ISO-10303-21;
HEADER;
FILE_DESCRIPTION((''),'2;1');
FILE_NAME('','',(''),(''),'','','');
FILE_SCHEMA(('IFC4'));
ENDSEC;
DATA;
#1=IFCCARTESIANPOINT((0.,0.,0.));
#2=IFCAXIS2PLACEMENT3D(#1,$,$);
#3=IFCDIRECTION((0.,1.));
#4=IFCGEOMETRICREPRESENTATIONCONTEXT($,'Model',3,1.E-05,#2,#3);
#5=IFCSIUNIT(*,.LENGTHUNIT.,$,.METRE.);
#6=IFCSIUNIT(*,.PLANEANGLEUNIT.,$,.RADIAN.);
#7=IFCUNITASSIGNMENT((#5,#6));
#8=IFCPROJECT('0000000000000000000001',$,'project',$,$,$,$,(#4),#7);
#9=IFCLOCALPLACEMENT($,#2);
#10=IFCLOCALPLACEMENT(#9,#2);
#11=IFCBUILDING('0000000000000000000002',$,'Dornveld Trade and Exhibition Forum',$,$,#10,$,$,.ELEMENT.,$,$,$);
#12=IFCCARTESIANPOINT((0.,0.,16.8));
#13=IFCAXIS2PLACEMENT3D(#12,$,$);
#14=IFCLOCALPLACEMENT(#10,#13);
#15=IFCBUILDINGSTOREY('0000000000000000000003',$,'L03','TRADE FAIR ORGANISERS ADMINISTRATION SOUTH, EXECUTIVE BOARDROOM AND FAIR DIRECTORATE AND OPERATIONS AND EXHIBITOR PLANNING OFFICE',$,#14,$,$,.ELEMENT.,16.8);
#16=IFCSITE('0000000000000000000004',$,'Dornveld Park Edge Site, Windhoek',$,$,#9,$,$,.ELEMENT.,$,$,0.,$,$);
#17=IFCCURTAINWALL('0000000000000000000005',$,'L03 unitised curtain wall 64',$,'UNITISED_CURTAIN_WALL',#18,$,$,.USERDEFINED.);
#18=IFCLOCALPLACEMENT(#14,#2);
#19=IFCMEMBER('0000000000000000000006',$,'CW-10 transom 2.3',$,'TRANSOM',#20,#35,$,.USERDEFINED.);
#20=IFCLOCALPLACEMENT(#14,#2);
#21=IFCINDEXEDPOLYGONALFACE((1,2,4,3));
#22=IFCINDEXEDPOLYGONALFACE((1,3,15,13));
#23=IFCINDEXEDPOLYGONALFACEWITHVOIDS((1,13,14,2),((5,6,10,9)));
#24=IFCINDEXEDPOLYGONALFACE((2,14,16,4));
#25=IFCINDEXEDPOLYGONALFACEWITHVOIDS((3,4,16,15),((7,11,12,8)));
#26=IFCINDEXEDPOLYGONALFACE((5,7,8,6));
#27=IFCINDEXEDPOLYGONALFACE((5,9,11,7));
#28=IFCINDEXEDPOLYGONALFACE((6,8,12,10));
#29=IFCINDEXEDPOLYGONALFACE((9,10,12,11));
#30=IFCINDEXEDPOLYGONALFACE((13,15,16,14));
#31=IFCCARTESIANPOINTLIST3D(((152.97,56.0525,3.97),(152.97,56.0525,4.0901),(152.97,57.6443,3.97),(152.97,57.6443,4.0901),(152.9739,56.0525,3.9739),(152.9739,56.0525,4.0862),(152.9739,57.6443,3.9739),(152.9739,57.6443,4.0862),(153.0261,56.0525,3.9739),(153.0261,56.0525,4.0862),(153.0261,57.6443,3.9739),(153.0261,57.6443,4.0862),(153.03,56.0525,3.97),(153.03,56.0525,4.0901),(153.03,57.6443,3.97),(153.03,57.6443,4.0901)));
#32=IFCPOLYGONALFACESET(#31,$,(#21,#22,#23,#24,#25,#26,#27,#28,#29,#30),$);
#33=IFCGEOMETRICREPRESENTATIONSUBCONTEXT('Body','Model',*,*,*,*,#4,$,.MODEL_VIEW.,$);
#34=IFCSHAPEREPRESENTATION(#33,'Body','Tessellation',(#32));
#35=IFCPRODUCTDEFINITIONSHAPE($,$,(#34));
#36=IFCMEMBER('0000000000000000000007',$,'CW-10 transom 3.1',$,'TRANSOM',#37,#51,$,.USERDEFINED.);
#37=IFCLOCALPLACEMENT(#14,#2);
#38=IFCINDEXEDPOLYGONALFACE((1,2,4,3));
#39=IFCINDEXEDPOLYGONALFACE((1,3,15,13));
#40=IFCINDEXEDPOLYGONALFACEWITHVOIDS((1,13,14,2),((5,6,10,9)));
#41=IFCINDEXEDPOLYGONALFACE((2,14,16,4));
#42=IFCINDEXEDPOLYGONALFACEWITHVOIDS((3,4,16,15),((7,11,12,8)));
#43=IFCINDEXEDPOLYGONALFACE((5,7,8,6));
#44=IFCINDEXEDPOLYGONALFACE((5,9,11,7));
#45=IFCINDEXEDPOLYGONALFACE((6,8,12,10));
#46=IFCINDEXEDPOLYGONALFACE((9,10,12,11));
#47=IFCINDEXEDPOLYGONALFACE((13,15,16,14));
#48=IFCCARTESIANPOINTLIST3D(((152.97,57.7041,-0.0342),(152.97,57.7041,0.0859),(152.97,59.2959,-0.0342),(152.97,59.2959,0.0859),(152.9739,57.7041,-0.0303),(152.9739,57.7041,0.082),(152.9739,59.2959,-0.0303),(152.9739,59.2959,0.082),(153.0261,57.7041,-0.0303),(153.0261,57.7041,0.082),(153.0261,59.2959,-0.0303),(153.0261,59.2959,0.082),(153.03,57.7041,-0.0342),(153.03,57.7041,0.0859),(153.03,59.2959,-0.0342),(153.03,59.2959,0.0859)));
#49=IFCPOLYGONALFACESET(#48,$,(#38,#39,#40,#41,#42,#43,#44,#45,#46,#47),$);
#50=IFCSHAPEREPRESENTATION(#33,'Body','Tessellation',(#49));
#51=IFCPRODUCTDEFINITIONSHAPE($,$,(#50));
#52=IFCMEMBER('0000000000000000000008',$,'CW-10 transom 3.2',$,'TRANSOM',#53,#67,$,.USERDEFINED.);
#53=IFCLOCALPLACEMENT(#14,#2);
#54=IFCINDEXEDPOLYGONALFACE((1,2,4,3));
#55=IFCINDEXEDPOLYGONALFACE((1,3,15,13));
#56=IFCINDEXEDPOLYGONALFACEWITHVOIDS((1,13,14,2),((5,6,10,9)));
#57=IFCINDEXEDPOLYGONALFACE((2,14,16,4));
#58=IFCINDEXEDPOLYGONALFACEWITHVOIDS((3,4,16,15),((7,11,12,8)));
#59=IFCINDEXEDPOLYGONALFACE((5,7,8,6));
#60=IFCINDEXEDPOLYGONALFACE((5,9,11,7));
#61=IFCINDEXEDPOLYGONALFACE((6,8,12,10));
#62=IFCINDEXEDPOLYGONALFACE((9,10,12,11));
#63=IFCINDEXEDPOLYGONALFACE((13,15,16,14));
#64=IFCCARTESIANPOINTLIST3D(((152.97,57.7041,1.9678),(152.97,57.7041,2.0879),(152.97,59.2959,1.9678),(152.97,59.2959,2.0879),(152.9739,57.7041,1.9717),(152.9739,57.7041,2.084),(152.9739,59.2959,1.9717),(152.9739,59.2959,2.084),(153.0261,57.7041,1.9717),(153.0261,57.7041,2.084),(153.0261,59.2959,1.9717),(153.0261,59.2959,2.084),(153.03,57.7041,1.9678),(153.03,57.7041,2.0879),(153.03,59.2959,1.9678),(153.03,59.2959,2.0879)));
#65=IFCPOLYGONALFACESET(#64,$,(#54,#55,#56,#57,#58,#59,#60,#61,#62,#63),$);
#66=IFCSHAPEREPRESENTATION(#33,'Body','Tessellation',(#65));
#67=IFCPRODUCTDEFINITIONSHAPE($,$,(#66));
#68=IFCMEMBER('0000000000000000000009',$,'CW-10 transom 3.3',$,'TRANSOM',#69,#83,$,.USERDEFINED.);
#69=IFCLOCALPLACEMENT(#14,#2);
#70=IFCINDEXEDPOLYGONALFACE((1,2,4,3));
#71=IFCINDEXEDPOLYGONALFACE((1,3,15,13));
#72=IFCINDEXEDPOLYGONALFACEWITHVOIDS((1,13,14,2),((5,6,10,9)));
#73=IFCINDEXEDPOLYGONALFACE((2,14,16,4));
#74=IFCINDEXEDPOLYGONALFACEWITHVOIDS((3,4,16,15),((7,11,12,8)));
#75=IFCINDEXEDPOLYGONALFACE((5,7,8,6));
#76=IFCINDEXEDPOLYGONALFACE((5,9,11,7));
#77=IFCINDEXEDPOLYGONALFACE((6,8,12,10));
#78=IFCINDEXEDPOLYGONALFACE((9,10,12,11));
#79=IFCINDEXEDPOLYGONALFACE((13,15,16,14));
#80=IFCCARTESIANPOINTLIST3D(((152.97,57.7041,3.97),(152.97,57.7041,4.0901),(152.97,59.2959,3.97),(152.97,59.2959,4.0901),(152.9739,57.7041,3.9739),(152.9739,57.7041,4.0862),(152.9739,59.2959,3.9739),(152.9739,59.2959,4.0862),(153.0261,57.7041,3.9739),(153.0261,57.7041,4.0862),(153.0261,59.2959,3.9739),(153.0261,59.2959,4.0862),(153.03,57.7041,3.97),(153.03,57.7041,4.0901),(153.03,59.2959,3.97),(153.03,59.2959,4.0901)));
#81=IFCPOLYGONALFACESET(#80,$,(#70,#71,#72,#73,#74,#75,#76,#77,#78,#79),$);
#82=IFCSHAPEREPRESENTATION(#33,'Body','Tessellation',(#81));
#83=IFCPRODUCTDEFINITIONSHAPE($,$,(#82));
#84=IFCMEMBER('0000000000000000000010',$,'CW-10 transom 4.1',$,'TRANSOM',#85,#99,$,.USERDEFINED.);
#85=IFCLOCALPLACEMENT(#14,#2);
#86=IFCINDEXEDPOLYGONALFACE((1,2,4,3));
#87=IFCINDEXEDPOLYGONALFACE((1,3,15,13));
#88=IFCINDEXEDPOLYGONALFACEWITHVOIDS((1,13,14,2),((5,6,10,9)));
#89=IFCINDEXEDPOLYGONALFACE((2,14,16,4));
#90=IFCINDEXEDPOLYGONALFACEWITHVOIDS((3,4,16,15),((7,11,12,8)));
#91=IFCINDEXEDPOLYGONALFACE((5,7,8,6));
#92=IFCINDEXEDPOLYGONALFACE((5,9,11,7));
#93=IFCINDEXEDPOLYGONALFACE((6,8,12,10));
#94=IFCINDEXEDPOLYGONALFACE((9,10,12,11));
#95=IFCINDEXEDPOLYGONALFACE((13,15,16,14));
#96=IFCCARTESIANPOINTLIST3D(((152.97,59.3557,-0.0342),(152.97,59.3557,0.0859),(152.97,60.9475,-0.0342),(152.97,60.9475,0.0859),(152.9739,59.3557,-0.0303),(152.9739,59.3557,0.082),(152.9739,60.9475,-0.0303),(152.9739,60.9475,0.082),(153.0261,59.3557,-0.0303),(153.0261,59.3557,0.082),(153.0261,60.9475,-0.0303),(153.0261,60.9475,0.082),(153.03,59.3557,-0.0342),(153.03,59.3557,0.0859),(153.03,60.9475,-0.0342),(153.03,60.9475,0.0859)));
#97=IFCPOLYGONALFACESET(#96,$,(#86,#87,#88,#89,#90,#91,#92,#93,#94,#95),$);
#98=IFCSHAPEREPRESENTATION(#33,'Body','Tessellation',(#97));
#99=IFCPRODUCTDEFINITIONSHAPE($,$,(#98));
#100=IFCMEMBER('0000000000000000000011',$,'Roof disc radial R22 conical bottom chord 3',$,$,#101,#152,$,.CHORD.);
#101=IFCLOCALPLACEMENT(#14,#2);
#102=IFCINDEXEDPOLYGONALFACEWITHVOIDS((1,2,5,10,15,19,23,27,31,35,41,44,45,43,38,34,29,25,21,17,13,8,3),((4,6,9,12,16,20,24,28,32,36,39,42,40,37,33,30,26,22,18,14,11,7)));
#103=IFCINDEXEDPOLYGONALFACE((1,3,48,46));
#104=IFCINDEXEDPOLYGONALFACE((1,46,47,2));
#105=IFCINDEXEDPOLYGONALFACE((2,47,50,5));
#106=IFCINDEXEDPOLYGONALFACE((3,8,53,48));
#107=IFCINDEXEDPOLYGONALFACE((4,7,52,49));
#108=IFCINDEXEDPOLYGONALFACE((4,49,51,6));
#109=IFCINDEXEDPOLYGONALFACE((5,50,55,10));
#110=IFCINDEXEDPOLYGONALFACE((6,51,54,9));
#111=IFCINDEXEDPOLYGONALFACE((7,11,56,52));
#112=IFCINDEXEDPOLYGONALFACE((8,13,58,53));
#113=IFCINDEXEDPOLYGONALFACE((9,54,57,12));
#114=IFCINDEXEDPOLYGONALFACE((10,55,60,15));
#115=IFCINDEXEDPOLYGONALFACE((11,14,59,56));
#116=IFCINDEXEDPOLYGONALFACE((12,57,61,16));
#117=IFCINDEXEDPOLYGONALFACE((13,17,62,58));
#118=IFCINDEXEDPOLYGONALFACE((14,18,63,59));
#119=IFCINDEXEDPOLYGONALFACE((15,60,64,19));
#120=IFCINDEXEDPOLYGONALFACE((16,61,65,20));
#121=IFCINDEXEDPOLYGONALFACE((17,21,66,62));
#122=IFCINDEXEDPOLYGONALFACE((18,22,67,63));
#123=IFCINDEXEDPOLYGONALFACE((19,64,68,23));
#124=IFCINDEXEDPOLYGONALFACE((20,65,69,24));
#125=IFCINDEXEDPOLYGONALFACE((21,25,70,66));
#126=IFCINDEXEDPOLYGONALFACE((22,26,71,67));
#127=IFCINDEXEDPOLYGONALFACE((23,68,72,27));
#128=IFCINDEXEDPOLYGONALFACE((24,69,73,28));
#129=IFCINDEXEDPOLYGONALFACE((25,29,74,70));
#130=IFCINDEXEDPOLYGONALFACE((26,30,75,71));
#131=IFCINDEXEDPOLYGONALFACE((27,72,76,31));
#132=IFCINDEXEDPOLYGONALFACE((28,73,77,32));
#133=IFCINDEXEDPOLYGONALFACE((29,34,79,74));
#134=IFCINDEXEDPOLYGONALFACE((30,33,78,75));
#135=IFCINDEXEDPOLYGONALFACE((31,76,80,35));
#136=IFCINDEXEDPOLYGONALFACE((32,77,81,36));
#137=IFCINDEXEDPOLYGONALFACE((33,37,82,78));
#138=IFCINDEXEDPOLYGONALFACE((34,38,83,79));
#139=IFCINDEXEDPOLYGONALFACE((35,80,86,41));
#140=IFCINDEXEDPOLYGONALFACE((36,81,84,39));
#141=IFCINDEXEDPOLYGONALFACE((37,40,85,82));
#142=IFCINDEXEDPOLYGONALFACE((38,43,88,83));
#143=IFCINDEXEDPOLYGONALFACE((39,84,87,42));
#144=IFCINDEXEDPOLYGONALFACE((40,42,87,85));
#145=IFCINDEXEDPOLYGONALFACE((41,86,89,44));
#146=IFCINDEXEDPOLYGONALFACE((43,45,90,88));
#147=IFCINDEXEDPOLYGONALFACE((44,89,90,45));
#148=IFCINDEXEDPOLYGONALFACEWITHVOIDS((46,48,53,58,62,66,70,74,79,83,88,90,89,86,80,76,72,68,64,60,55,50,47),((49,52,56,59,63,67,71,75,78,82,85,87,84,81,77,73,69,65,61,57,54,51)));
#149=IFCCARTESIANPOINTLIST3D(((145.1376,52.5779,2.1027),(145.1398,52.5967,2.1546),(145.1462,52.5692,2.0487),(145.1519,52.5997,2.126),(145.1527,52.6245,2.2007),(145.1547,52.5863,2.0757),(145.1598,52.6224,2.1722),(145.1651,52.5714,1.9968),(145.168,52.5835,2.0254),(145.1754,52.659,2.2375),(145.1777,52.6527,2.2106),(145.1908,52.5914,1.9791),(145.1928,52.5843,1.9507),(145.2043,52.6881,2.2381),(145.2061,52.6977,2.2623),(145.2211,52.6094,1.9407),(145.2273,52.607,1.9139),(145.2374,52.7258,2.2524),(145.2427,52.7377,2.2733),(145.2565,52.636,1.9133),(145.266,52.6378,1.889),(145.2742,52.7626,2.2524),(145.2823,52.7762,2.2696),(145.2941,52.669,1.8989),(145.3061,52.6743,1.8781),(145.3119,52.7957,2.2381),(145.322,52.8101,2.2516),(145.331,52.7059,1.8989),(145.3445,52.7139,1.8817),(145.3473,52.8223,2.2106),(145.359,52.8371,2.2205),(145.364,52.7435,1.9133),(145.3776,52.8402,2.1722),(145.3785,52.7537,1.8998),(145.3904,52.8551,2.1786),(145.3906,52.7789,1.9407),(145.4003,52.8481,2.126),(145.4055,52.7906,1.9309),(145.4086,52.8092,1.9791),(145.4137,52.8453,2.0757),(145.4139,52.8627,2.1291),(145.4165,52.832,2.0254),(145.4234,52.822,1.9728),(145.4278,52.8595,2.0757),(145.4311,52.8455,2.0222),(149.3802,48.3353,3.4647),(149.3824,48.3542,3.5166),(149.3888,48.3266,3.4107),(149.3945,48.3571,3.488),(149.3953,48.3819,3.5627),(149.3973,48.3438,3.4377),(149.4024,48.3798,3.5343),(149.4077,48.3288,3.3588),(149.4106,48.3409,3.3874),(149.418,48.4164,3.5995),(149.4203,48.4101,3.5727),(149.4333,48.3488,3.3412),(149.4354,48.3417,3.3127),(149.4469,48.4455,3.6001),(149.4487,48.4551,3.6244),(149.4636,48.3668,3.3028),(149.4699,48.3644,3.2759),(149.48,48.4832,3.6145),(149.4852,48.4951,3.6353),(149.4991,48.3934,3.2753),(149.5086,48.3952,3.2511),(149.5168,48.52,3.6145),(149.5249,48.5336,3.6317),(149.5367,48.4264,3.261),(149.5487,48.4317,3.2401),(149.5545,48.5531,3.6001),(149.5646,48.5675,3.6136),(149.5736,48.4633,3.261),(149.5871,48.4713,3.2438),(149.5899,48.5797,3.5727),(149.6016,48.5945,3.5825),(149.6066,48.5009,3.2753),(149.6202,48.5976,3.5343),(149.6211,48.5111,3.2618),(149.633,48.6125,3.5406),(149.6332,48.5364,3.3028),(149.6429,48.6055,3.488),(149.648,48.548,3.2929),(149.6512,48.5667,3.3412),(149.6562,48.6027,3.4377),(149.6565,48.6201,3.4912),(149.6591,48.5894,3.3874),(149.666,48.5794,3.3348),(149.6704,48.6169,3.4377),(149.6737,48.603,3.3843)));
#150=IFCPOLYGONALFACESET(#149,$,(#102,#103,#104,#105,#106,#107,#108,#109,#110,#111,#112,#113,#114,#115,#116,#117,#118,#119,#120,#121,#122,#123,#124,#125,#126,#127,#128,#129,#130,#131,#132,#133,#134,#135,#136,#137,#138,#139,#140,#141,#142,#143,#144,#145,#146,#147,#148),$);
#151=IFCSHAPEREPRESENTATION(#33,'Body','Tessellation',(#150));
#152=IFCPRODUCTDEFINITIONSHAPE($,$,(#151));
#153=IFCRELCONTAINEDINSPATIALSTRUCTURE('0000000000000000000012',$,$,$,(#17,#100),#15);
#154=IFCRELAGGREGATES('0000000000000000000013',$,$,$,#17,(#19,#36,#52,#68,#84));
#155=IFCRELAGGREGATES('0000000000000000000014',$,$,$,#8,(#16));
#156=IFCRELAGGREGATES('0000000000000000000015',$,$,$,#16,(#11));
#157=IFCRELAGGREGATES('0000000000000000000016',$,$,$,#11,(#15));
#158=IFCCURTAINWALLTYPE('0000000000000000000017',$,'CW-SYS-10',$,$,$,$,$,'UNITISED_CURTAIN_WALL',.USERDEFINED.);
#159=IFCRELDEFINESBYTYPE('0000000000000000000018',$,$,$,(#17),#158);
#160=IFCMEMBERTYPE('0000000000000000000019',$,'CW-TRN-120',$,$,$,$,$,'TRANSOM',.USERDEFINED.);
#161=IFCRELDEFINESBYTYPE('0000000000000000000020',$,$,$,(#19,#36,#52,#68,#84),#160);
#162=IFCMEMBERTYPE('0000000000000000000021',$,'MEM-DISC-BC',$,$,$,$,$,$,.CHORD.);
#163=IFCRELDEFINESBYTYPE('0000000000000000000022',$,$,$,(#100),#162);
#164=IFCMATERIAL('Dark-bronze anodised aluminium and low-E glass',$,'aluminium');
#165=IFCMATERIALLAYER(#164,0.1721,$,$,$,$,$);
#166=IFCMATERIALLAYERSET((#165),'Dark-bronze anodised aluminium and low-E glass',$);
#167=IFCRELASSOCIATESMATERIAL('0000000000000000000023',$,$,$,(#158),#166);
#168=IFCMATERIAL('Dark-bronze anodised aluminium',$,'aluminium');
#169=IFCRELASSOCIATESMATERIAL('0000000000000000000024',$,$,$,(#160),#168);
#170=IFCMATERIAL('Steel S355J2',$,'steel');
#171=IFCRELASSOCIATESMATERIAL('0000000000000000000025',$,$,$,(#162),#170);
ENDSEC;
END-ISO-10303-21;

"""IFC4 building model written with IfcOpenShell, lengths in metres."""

from ifc_helpers import new_model, si_unit, direction, frame, origin, origin_2d, place, context, subcontext, project, spatial, hollow_rectangle, hollow_circle, extrude, material, layer, layer_set, material_profile, profile_set, type_object, element, aggregate, save


model = new_model("IFC4")

# Units and contexts
model_context = context("Model", 3, precision=1e-05, world=origin(), true_north=direction((0.0, 1.0)))
body_context = subcontext(model_context, "Body", "Model", "MODEL_VIEW")
ifc_project = project(units=[si_unit("LENGTHUNIT", "METRE"), si_unit("PLANEANGLEUNIT", "RADIAN")], contexts=[model_context])

# Site, building, storey
site_placement = place(None, origin())
site = spatial("IfcSite", under=ifc_project, at=site_placement, Name="Dornveld Park Edge Site, Windhoek", CompositionType="ELEMENT", RefElevation=0.0)
building_placement = place(site_placement, origin())
building = spatial("IfcBuilding", under=site, at=building_placement, Name="Dornveld Trade and Exhibition Forum", CompositionType="ELEMENT")
storey_placement = place(building_placement, frame((0.0, 0.0, 16.8)))
storey = spatial("IfcBuildingStorey", under=building, at=storey_placement, Name="L03", Description="TRADE FAIR ORGANISERS ADMINISTRATION SOUTH, EXECUTIVE BOARDROOM AND FAIR DIRECTORATE AND OPERATIONS AND EXHIBITOR PLANNING OFFICE", CompositionType="ELEMENT", Elevation=16.8)

# Curtain wall, members
ifc_material_1 = material(Name="Dark-bronze anodised aluminium and low-E glass", Category="aluminium")
ifc_layer_1 = layer(ifc_material_1, 0.1721)
ifc_layer_set_1 = layer_set([ifc_layer_1], Name="Dark-bronze anodised aluminium and low-E glass")
curtain_wall_type = type_object("IfcCurtainWallType", Name="CW-SYS-10", ElementType="UNITISED_CURTAIN_WALL", PredefinedType="USERDEFINED", material=ifc_layer_set_1)
curtain_wall_placement = place(storey_placement, origin())
curtain_wall = element("IfcCurtainWall", 1, at=curtain_wall_placement, inside=storey, type_object=curtain_wall_type, Name="L03 unitised curtain wall 64", ObjectType="UNITISED_CURTAIN_WALL", PredefinedType="USERDEFINED")
ifc_material_2 = material(Name="Dark-bronze anodised aluminium", Category="aluminium")
ifc_material_profile_1 = material_profile(ifc_material_2, hollow_rectangle(XDim=0.0601, YDim=0.1201, WallThickness=0.0039, at=origin_2d()), Name="RHS 120x60x4")
ifc_profile_set_1 = profile_set([ifc_material_profile_1], Name="Dark-bronze anodised aluminium")
member_type_1 = type_object("IfcMemberType", Name="CW-TRN-120", ElementType="TRANSOM", PredefinedType="USERDEFINED", material=ifc_profile_set_1)
member_1_placement = place(storey_placement, frame((153.0, 56.0525, 4.03), z_axis=(0.0, 1.0, 0.0), x_axis=(-1.0, 0.0, 0.0)))
member_1 = element("IfcMember", 2, at=member_1_placement, type_object=member_type_1, Name="CW-10 transom 2.3", ObjectType="TRANSOM", PredefinedType="USERDEFINED", context=body_context, shape_type="SweptSolid", body=[
    extrude(hollow_rectangle(XDim=0.0601, YDim=0.1201, WallThickness=0.0039, at=origin_2d()), origin(), (0.0, 0.0, 1.0), 1.5918),
])
member_2_placement = place(storey_placement, frame((153.0, 57.7041, 0.0259), z_axis=(0.0, 1.0, 0.0), x_axis=(-1.0, 0.0, 0.0)))
member_2 = element("IfcMember", 3, at=member_2_placement, type_object=member_type_1, Name="CW-10 transom 3.1", ObjectType="TRANSOM", PredefinedType="USERDEFINED", context=body_context, shape_type="SweptSolid", body=[
    extrude(hollow_rectangle(XDim=0.0601, YDim=0.1201, WallThickness=0.0039, at=origin_2d()), origin(), (0.0, 0.0, 1.0), 1.5918),
])
member_3_placement = place(storey_placement, frame((153.0, 57.7041, 2.0278), z_axis=(0.0, 1.0, 0.0), x_axis=(-1.0, 0.0, 0.0)))
member_3 = element("IfcMember", 4, at=member_3_placement, type_object=member_type_1, Name="CW-10 transom 3.2", ObjectType="TRANSOM", PredefinedType="USERDEFINED", context=body_context, shape_type="SweptSolid", body=[
    extrude(hollow_rectangle(XDim=0.0601, YDim=0.1201, WallThickness=0.0039, at=origin_2d()), origin(), (0.0, 0.0, 1.0), 1.5918),
])
member_4_placement = place(storey_placement, frame((153.0, 57.7041, 4.03), z_axis=(0.0, 1.0, 0.0), x_axis=(-1.0, 0.0, 0.0)))
member_4 = element("IfcMember", 5, at=member_4_placement, type_object=member_type_1, Name="CW-10 transom 3.3", ObjectType="TRANSOM", PredefinedType="USERDEFINED", context=body_context, shape_type="SweptSolid", body=[
    extrude(hollow_rectangle(XDim=0.0601, YDim=0.1201, WallThickness=0.0039, at=origin_2d()), origin(), (0.0, 0.0, 1.0), 1.5918),
])
member_5_placement = place(storey_placement, frame((153.0, 59.3557, 0.0259), z_axis=(0.0, 1.0, 0.0), x_axis=(-1.0, 0.0, 0.0)))
member_5 = element("IfcMember", 6, at=member_5_placement, type_object=member_type_1, Name="CW-10 transom 4.1", ObjectType="TRANSOM", PredefinedType="USERDEFINED", context=body_context, shape_type="SweptSolid", body=[
    extrude(hollow_rectangle(XDim=0.0601, YDim=0.1201, WallThickness=0.0039, at=origin_2d()), origin(), (0.0, 0.0, 1.0), 1.5918),
])

# Member
ifc_material_3 = material(Name="Steel S355J2", Category="steel")
ifc_material_profile_2 = material_profile(ifc_material_3, hollow_circle(Radius=0.2031, WallThickness=0.02, at=origin_2d()), Name="CHS 406.4x20")
ifc_profile_set_2 = profile_set([ifc_material_profile_2], Name="Steel S355J2")
member_type_2 = type_object("IfcMemberType", Name="MEM-DISC-BC", PredefinedType="CHORD", material=ifc_profile_set_2)
member_6_placement = place(storey_placement, frame((145.2842, 52.7158, 2.0757), z_axis=(0.689562, -0.689562, 0.221376), x_axis=(0.707107, 0.707107, 0.0)))
element("IfcMember", 7, at=member_6_placement, inside=storey, type_object=member_type_2, Name="Roof disc radial R22 conical bottom chord 3", PredefinedType="CHORD", context=body_context, shape_type="SweptSolid", body=[
    extrude(hollow_circle(Radius=0.2031, WallThickness=0.02, at=origin_2d()), origin(), (0.0, 0.0, 1.0), 6.1526),
])

aggregate(curtain_wall, [member_1, member_2, member_3, member_4, member_5])

save(model, "model.ifc")
